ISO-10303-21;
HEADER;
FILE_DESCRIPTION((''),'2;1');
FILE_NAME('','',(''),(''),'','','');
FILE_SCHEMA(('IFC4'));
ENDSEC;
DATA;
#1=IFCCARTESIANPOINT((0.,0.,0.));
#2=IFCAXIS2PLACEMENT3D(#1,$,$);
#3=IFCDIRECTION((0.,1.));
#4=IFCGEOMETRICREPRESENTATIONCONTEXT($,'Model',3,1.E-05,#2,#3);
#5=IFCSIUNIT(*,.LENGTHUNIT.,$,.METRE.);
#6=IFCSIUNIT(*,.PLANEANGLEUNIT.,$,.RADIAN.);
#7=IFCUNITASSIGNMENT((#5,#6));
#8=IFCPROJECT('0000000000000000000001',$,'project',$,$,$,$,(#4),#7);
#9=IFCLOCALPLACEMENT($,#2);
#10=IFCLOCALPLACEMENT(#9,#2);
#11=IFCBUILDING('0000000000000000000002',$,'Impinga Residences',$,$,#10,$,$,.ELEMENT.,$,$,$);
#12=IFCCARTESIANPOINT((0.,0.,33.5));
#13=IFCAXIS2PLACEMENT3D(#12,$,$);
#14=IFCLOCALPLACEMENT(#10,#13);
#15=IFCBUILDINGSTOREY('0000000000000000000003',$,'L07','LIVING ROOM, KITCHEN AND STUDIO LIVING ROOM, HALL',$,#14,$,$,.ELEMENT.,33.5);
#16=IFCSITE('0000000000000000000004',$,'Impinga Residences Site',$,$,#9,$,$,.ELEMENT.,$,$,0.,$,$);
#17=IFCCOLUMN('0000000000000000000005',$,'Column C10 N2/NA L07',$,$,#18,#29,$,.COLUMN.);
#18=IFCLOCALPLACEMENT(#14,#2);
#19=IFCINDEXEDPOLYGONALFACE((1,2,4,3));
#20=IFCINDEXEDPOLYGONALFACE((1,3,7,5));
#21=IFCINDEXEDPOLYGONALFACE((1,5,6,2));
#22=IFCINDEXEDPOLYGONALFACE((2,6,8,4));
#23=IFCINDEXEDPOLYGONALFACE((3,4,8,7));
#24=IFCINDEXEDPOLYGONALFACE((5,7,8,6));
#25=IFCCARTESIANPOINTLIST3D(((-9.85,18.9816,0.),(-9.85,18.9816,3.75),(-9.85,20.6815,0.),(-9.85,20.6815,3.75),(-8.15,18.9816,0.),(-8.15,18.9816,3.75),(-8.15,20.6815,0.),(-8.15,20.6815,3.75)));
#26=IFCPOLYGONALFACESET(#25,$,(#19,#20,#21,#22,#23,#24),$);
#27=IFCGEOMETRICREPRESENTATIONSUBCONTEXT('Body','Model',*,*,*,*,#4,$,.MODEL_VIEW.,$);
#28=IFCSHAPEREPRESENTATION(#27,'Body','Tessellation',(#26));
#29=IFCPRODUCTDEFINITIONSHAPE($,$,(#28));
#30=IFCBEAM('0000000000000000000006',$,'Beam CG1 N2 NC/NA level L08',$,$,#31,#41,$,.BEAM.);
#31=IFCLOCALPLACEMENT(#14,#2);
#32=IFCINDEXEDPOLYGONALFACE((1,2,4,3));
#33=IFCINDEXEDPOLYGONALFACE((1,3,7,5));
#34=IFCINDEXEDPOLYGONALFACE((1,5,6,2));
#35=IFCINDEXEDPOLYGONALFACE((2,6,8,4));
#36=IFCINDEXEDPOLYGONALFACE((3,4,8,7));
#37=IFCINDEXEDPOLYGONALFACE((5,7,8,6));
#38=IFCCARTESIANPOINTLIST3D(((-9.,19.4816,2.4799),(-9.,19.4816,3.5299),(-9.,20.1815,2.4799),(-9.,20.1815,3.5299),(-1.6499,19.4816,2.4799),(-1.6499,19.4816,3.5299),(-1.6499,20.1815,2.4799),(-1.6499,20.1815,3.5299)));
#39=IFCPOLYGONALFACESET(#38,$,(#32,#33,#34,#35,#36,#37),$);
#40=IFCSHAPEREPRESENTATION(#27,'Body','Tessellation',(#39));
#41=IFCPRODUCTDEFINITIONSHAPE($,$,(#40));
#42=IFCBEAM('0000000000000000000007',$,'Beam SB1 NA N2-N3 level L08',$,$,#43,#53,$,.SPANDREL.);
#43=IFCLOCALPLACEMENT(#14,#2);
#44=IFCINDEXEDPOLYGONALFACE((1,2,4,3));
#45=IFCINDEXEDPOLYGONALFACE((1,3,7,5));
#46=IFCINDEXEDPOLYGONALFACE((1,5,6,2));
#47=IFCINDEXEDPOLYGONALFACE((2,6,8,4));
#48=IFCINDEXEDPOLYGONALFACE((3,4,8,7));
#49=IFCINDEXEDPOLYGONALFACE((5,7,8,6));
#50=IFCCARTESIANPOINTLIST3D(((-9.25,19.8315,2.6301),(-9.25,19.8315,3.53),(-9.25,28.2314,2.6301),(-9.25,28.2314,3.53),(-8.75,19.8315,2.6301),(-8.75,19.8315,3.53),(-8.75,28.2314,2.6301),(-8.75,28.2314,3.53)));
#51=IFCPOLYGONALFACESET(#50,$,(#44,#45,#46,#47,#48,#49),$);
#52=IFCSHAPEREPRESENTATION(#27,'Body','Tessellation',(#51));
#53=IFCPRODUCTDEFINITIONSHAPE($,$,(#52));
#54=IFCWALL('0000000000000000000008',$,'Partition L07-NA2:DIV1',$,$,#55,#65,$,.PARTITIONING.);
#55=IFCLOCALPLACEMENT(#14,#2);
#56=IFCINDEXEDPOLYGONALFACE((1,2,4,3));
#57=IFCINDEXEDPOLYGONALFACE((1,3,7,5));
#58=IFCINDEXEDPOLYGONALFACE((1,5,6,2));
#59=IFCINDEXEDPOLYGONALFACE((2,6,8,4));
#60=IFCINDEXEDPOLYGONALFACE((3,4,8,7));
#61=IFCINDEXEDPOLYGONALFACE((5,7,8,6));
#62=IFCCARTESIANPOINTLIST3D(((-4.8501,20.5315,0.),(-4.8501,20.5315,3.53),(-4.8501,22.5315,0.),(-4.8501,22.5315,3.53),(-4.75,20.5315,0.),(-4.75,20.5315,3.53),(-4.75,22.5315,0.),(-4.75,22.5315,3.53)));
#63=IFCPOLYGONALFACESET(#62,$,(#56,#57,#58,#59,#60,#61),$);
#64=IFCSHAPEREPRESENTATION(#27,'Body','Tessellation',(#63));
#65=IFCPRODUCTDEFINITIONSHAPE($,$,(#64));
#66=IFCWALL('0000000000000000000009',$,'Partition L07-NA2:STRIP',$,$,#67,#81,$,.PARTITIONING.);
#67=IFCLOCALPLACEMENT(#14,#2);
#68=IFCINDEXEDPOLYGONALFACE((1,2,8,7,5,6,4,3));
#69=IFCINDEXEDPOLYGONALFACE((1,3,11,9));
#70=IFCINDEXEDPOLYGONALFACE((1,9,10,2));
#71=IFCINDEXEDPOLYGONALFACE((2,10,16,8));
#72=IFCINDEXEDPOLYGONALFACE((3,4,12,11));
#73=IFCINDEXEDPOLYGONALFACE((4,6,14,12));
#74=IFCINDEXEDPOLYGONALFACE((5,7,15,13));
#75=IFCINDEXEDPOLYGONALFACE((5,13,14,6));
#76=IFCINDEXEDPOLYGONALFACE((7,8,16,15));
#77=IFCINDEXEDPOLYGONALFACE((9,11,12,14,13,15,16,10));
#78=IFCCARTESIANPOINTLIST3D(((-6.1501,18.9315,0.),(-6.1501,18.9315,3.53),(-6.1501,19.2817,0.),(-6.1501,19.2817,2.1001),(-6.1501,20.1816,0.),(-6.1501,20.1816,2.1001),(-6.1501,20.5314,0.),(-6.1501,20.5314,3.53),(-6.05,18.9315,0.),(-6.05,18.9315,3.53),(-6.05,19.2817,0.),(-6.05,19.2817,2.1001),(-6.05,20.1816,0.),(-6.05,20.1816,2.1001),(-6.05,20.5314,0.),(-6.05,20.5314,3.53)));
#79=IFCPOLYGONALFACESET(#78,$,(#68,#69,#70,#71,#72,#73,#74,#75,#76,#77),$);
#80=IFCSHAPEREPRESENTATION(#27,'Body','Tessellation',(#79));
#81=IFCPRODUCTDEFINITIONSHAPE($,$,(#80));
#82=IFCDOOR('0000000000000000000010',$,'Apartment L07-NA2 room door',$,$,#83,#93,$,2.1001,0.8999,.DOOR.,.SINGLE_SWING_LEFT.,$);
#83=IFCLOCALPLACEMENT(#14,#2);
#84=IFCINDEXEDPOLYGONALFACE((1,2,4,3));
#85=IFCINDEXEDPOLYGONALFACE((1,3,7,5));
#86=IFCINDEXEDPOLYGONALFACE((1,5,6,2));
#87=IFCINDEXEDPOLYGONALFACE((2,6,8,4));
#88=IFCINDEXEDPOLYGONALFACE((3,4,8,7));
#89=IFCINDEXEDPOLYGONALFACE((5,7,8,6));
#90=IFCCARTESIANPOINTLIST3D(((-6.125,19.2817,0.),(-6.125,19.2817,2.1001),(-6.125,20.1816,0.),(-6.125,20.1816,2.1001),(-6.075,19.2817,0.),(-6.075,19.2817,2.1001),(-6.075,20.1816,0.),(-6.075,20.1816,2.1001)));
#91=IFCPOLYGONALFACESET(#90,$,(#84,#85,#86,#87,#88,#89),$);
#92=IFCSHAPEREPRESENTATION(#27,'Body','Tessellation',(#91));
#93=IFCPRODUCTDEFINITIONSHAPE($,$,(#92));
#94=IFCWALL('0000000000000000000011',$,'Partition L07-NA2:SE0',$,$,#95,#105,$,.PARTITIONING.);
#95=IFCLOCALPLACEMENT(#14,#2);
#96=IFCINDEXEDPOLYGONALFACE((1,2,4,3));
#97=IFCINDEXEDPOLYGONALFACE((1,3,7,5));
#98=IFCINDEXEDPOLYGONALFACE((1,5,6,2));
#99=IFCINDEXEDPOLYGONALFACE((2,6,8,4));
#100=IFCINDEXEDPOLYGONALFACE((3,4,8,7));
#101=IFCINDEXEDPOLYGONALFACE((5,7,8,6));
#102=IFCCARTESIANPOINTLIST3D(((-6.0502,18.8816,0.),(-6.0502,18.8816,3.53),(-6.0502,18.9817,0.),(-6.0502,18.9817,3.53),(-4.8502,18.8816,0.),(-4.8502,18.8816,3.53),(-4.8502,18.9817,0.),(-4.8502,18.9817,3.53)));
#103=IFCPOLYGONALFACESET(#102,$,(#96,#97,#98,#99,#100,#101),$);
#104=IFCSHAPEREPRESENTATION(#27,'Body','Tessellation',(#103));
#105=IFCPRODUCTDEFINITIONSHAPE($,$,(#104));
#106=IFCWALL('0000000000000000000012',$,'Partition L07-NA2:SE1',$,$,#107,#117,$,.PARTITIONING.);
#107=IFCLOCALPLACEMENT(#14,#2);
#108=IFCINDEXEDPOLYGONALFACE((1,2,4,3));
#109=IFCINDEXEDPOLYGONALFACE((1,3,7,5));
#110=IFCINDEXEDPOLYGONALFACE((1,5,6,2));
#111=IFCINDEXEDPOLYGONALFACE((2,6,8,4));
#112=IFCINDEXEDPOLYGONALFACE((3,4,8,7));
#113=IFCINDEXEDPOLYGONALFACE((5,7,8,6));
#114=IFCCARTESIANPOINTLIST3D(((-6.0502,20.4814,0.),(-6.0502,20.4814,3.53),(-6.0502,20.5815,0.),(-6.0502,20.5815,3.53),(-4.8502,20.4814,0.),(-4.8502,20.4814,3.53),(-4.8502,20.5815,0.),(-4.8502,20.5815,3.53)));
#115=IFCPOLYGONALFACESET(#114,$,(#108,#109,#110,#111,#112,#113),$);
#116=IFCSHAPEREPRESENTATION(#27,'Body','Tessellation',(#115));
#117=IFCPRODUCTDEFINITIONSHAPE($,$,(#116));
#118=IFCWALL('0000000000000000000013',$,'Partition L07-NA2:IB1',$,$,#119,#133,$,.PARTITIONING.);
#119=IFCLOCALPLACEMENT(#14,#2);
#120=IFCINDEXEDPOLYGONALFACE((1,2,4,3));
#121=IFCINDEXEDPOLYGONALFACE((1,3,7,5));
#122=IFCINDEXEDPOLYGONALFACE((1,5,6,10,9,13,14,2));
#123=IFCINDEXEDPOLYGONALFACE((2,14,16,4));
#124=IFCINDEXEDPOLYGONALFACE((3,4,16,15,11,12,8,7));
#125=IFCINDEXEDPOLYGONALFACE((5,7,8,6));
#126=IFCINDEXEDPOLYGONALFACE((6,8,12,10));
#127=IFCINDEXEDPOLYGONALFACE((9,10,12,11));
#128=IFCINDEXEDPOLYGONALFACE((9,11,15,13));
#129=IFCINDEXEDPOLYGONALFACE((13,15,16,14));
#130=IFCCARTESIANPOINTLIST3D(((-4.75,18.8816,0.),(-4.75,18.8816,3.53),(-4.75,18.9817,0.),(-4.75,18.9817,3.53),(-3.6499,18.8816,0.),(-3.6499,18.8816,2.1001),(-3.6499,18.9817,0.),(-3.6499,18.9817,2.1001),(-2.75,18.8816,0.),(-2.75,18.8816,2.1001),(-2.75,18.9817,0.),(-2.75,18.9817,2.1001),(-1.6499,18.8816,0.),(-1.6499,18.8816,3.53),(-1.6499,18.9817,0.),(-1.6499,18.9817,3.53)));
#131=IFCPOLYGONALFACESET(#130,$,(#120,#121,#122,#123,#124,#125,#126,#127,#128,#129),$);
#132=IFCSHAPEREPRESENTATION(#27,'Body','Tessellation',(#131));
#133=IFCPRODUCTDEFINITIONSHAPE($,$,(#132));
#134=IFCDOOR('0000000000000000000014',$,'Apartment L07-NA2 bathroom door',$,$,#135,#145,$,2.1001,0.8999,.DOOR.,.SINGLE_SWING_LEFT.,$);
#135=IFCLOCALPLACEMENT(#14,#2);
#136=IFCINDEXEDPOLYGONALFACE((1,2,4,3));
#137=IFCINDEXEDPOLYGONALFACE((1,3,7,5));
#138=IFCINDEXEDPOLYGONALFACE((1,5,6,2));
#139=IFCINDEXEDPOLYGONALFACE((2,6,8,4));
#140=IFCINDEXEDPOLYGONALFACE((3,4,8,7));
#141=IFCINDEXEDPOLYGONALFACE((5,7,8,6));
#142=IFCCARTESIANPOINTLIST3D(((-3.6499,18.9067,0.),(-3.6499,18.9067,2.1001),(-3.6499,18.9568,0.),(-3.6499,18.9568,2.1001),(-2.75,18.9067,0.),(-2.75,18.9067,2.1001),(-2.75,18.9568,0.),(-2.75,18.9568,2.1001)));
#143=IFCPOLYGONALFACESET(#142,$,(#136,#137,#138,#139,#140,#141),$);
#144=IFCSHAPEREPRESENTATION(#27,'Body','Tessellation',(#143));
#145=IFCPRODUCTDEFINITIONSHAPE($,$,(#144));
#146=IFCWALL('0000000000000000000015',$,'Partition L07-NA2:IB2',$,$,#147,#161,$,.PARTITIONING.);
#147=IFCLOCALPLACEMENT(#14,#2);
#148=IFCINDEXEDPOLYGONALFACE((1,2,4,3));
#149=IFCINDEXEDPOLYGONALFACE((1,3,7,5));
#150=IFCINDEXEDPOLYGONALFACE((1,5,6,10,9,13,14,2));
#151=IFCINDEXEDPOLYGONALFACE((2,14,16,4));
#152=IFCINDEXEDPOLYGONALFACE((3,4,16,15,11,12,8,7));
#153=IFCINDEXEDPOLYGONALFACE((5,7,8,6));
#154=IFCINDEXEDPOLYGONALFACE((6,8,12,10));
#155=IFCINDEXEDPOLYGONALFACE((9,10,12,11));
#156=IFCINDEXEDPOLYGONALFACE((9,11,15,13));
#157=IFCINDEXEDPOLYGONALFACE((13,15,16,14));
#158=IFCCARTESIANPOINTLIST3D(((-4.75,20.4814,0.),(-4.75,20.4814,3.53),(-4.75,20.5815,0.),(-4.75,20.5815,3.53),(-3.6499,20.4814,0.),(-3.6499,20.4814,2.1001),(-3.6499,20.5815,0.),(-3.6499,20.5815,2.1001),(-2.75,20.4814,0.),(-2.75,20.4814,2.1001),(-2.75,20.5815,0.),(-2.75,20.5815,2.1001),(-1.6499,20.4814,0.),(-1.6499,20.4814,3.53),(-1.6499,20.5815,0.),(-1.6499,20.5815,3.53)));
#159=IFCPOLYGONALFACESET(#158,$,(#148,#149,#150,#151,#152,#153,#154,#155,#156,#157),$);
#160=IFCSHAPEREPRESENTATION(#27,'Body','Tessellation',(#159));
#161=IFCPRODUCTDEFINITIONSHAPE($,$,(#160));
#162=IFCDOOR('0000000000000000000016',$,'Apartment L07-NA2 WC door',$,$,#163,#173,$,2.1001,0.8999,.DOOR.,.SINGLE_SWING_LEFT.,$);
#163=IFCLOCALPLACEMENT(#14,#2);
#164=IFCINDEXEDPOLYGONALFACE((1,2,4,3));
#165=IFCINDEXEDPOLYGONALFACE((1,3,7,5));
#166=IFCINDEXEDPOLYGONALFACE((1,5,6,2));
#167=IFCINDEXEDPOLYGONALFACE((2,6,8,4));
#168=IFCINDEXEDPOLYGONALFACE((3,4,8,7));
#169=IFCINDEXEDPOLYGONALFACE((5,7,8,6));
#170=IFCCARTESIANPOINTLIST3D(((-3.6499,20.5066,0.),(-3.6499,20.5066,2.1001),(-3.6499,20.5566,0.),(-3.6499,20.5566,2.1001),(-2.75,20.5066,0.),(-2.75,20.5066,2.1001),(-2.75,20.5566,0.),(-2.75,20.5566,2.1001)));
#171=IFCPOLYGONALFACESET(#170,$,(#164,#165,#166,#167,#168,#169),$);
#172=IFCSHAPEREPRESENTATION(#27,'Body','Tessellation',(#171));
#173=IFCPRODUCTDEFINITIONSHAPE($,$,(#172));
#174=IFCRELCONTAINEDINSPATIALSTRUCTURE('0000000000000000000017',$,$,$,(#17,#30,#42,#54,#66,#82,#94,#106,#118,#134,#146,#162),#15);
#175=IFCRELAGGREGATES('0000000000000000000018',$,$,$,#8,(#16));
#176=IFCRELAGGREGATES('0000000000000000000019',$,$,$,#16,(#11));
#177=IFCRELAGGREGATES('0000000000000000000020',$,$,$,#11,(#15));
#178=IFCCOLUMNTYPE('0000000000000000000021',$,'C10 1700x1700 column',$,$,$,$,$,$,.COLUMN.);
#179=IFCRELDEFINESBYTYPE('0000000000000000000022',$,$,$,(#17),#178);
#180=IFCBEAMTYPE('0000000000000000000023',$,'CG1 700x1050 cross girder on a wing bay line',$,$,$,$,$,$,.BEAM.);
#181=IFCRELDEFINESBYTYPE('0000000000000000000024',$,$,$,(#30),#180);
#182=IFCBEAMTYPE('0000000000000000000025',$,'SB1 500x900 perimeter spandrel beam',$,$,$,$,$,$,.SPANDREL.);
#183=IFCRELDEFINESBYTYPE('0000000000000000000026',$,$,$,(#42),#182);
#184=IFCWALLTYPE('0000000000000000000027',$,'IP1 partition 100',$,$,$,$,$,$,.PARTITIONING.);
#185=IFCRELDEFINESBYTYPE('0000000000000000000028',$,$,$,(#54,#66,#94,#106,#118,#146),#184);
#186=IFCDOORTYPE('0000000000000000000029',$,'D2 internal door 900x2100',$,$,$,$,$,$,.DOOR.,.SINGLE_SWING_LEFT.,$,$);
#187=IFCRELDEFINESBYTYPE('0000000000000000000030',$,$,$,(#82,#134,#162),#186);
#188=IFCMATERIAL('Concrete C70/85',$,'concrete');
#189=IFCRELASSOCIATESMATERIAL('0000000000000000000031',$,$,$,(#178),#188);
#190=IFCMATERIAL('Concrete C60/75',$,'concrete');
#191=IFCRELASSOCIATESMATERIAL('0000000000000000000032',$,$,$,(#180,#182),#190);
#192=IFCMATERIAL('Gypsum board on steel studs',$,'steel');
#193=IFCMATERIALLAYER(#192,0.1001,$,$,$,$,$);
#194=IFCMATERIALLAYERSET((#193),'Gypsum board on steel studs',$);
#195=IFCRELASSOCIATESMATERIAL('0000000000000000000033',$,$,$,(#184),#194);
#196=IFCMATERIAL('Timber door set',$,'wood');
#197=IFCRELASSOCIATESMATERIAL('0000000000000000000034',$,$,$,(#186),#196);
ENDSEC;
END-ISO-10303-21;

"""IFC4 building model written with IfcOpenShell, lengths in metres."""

from ifc_helpers import new_model, si_unit, direction, frame, frame_2d, origin, origin_2d, place, context, subcontext, project, spatial, rectangle, extrude, material, layer, layer_set, material_profile, profile_set, type_object, element, fill, save


model = new_model("IFC4")

# Units and contexts
model_context = context("Model", 3, precision=1e-05, world=origin(), true_north=direction((0.0, 1.0)))
body_context = subcontext(model_context, "Body", "Model", "MODEL_VIEW")
ifc_project = project(units=[si_unit("LENGTHUNIT", "METRE"), si_unit("PLANEANGLEUNIT", "RADIAN")], contexts=[model_context])

# Site, building, storey
site_placement = place(None, origin())
site = spatial("IfcSite", under=ifc_project, at=site_placement, Name="Impinga Residences Site", CompositionType="ELEMENT", RefElevation=0.0)
building_placement = place(site_placement, origin())
building = spatial("IfcBuilding", under=site, at=building_placement, Name="Impinga Residences", CompositionType="ELEMENT")
storey_placement = place(building_placement, frame((0.0, 0.0, 33.5)))
storey = spatial("IfcBuildingStorey", under=building, at=storey_placement, Name="L07", Description="LIVING ROOM, KITCHEN AND STUDIO LIVING ROOM, HALL", CompositionType="ELEMENT", Elevation=33.5)

# Column
ifc_material_1 = material(Name="Concrete C70/85", Category="concrete")
ifc_material_profile_1 = material_profile(ifc_material_1, rectangle(XDim=1.7, YDim=1.7, at=origin_2d()), Name="RC 1700x1700")
ifc_profile_set_1 = profile_set([ifc_material_profile_1], Name="Concrete C70/85")
column_type = type_object("IfcColumnType", Name="C10 1700x1700 column", PredefinedType="COLUMN", material=ifc_profile_set_1)
column_placement = place(storey_placement, frame((-9.0, 19.8315, 0.0), z_axis=(0.0, 0.0, 1.0), x_axis=(1.0, 0.0, 0.0)))
element("IfcColumn", 1, at=column_placement, inside=storey, type_object=column_type, Name="Column C10 N2/NA L07", PredefinedType="COLUMN", context=body_context, shape_type="SweptSolid", body=[
    extrude(rectangle(XDim=1.7, YDim=1.7, at=origin_2d()), origin(), (0.0, 0.0, 1.0), 3.75),
])

# Beams
ifc_material_2 = material(Name="Concrete C60/75", Category="concrete")
ifc_material_profile_2 = material_profile(ifc_material_2, rectangle(XDim=0.7, YDim=1.05, at=origin_2d()), Name="RC 700x1050")
ifc_profile_set_2 = profile_set([ifc_material_profile_2], Name="Concrete C60/75")
beam_type_1 = type_object("IfcBeamType", Name="CG1 700x1050 cross girder on a wing bay line", PredefinedType="BEAM", material=ifc_profile_set_2)
beam_1_placement = place(storey_placement, frame((-1.6499, 19.8315, 3.0049), z_axis=(-1.0, 0.0, 0.0), x_axis=(0.0, -1.0, 0.0)))
element("IfcBeam", 2, at=beam_1_placement, inside=storey, type_object=beam_type_1, Name="Beam CG1 N2 NC/NA level L08", PredefinedType="BEAM", context=body_context, shape_type="SweptSolid", body=[
    extrude(rectangle(XDim=0.7, YDim=1.05, at=origin_2d()), origin(), (0.0, 0.0, 1.0), 7.3501),
])
ifc_material_profile_3 = material_profile(ifc_material_2, rectangle(XDim=0.5, YDim=0.8999, at=origin_2d()), Name="RC 500x900")
ifc_profile_set_3 = profile_set([ifc_material_profile_3], Name="Concrete C60/75")
beam_type_2 = type_object("IfcBeamType", Name="SB1 500x900 perimeter spandrel beam", PredefinedType="SPANDREL", material=ifc_profile_set_3)
beam_2_placement = place(storey_placement, frame((-9.0, 19.8315, 3.0801), z_axis=(0.0, 1.0, 0.0), x_axis=(-1.0, 0.0, 0.0)))
element("IfcBeam", 3, at=beam_2_placement, inside=storey, type_object=beam_type_2, Name="Beam SB1 NA N2-N3 level L08", PredefinedType="SPANDREL", context=body_context, shape_type="SweptSolid", body=[
    extrude(rectangle(XDim=0.5, YDim=0.8999, at=origin_2d()), origin(), (0.0, 0.0, 1.0), 8.3999),
])

# Wall
ifc_material_3 = material(Name="Gypsum board on steel studs", Category="steel")
ifc_layer_1 = layer(ifc_material_3, 0.1001)
ifc_layer_set_1 = layer_set([ifc_layer_1], Name="Gypsum board on steel studs")
wall_type_1 = type_object("IfcWallType", Name="IP1 partition 100", PredefinedType="PARTITIONING", material=ifc_layer_set_1)
wall_1_placement = place(storey_placement, frame((-4.8, 20.5315, 0.0), z_axis=(0.0, 0.0, 1.0), x_axis=(0.0, 1.0, 0.0)))
element("IfcWall", 4, at=wall_1_placement, inside=storey, type_object=wall_type_1, Name="Partition L07-NA2:DIV1", PredefinedType="PARTITIONING", context=body_context, shape_type="SweptSolid", body=[
    extrude(rectangle(XDim=2.0, YDim=0.1001, at=frame_2d((1.0, 0.0))), origin(), (0.0, 0.0, 1.0), 3.53),
])

# Wall, opening, door
wall_2_placement = place(storey_placement, frame((-6.1001, 18.9316, 0.0), z_axis=(0.0, 0.0, 1.0), x_axis=(0.0, 1.0, 0.0)))
wall_2 = element("IfcWall", 5, at=wall_2_placement, inside=storey, type_object=wall_type_1, Name="Partition L07-NA2:STRIP", PredefinedType="PARTITIONING", context=body_context, shape_type="SweptSolid", body=[
    extrude(rectangle(XDim=1.5999, YDim=0.1001, at=frame_2d((0.7998, 0.0))), origin(), (0.0, 0.0, 1.0), 3.53),
])
opening_1_placement = place(wall_2_placement, frame((0.3501, 0.0, 0.0)))
opening_1 = element("IfcOpeningElement", 6, at=opening_1_placement, cuts=wall_2, PredefinedType="OPENING", context=body_context, shape_type="SweptSolid", body=[
    extrude(rectangle(XDim=0.8999, YDim=2.1001, at=frame_2d((0.45, 1.05))), frame((0.0, 0.0601, 0.0), z_axis=(0.0, -1.0, 0.0), x_axis=(1.0, 0.0, 0.0)), (0.0, 0.0, 1.0), 0.1201),
])
ifc_material_4 = material(Name="Timber door set", Category="wood")
door_type = type_object("IfcDoorType", Name="D2 internal door 900x2100", OperationType="SINGLE_SWING_LEFT", PredefinedType="DOOR", material=ifc_material_4)
door_1_placement = place(opening_1_placement, origin())
door_1 = element("IfcDoor", 7, at=door_1_placement, inside=storey, type_object=door_type, Name="Apartment L07-NA2 room door", OperationType="SINGLE_SWING_LEFT", OverallHeight=2.1001, OverallWidth=0.8999, PredefinedType="DOOR", context=body_context, shape_type="SweptSolid", body=[
    extrude(rectangle(XDim=0.8999, YDim=2.1001, at=frame_2d((0.45, 1.05))), frame((0.0, 0.0249, 0.0), z_axis=(0.0, -1.0, 0.0), x_axis=(1.0, 0.0, 0.0)), (0.0, 0.0, 1.0), 0.05),
])
fill(opening_1, door_1)

# Walls
for number, where, z_axis, x_axis, name in (
    (8, (-4.8501, 18.9316, 0.0), (0.0, 0.0, 1.0), (-1.0, 0.0, 0.0), "Partition L07-NA2:SE0"),
    (9, (-4.8501, 20.5315, 0.0), (0.0, 0.0, 1.0), (-1.0, 0.0, 0.0), "Partition L07-NA2:SE1"),
):
    element("IfcWall", number, at=place(storey_placement, frame(where, z_axis=z_axis, x_axis=x_axis)), inside=storey, type_object=wall_type_1, Name=name, PredefinedType="PARTITIONING", context=body_context, shape_type="SweptSolid", body=[
        extrude(rectangle(XDim=1.2, YDim=0.1001, at=frame_2d((0.6001, 0.0))), origin(), (0.0, 0.0, 1.0), 3.53),
    ])

# Walls, openings, doors
wall_3_placement = place(storey_placement, frame((-1.6499, 18.9316, 0.0), z_axis=(0.0, 0.0, 1.0), x_axis=(-1.0, 0.0, 0.0)))
wall_3 = element("IfcWall", 10, at=wall_3_placement, inside=storey, type_object=wall_type_1, Name="Partition L07-NA2:IB1", PredefinedType="PARTITIONING", context=body_context, shape_type="SweptSolid", body=[
    extrude(rectangle(XDim=3.1001, YDim=0.1001, at=frame_2d((1.55, 0.0))), origin(), (0.0, 0.0, 1.0), 3.53),
])
opening_2_placement = place(wall_3_placement, frame((1.1001, 0.0, 0.0)))
opening_2 = element("IfcOpeningElement", 11, at=opening_2_placement, cuts=wall_3, PredefinedType="OPENING", context=body_context, shape_type="SweptSolid", body=[
    extrude(rectangle(XDim=0.8999, YDim=2.1001, at=frame_2d((0.45, 1.05))), frame((0.0, 0.0601, 0.0), z_axis=(0.0, -1.0, 0.0), x_axis=(1.0, 0.0, 0.0)), (0.0, 0.0, 1.0), 0.1201),
])
door_2_placement = place(opening_2_placement, origin())
door_2 = element("IfcDoor", 12, at=door_2_placement, inside=storey, type_object=door_type, Name="Apartment L07-NA2 bathroom door", OperationType="SINGLE_SWING_LEFT", OverallHeight=2.1001, OverallWidth=0.8999, PredefinedType="DOOR", context=body_context, shape_type="SweptSolid", body=[
    extrude(rectangle(XDim=0.8999, YDim=2.1001, at=frame_2d((0.45, 1.05))), frame((0.0, 0.0249, 0.0), z_axis=(0.0, -1.0, 0.0), x_axis=(1.0, 0.0, 0.0)), (0.0, 0.0, 1.0), 0.05),
])
fill(opening_2, door_2)
wall_4_placement = place(storey_placement, frame((-1.6499, 20.5315, 0.0), z_axis=(0.0, 0.0, 1.0), x_axis=(-1.0, 0.0, 0.0)))
wall_4 = element("IfcWall", 13, at=wall_4_placement, inside=storey, type_object=wall_type_1, Name="Partition L07-NA2:IB2", PredefinedType="PARTITIONING", context=body_context, shape_type="SweptSolid", body=[
    extrude(rectangle(XDim=3.1001, YDim=0.1001, at=frame_2d((1.55, 0.0))), origin(), (0.0, 0.0, 1.0), 3.53),
])
opening_3_placement = place(wall_4_placement, frame((1.1001, 0.0, 0.0)))
opening_3 = element("IfcOpeningElement", 14, at=opening_3_placement, cuts=wall_4, PredefinedType="OPENING", context=body_context, shape_type="SweptSolid", body=[
    extrude(rectangle(XDim=0.8999, YDim=2.1001, at=frame_2d((0.45, 1.05))), frame((0.0, 0.0601, 0.0), z_axis=(0.0, -1.0, 0.0), x_axis=(1.0, 0.0, 0.0)), (0.0, 0.0, 1.0), 0.1201),
])
door_3_placement = place(opening_3_placement, origin())
door_3 = element("IfcDoor", 15, at=door_3_placement, inside=storey, type_object=door_type, Name="Apartment L07-NA2 WC door", OperationType="SINGLE_SWING_LEFT", OverallHeight=2.1001, OverallWidth=0.8999, PredefinedType="DOOR", context=body_context, shape_type="SweptSolid", body=[
    extrude(rectangle(XDim=0.8999, YDim=2.1001, at=frame_2d((0.45, 1.05))), frame((0.0, 0.0249, 0.0), z_axis=(0.0, -1.0, 0.0), x_axis=(1.0, 0.0, 0.0)), (0.0, 0.0, 1.0), 0.05),
])
fill(opening_3, door_3)

save(model, "model.ifc")
